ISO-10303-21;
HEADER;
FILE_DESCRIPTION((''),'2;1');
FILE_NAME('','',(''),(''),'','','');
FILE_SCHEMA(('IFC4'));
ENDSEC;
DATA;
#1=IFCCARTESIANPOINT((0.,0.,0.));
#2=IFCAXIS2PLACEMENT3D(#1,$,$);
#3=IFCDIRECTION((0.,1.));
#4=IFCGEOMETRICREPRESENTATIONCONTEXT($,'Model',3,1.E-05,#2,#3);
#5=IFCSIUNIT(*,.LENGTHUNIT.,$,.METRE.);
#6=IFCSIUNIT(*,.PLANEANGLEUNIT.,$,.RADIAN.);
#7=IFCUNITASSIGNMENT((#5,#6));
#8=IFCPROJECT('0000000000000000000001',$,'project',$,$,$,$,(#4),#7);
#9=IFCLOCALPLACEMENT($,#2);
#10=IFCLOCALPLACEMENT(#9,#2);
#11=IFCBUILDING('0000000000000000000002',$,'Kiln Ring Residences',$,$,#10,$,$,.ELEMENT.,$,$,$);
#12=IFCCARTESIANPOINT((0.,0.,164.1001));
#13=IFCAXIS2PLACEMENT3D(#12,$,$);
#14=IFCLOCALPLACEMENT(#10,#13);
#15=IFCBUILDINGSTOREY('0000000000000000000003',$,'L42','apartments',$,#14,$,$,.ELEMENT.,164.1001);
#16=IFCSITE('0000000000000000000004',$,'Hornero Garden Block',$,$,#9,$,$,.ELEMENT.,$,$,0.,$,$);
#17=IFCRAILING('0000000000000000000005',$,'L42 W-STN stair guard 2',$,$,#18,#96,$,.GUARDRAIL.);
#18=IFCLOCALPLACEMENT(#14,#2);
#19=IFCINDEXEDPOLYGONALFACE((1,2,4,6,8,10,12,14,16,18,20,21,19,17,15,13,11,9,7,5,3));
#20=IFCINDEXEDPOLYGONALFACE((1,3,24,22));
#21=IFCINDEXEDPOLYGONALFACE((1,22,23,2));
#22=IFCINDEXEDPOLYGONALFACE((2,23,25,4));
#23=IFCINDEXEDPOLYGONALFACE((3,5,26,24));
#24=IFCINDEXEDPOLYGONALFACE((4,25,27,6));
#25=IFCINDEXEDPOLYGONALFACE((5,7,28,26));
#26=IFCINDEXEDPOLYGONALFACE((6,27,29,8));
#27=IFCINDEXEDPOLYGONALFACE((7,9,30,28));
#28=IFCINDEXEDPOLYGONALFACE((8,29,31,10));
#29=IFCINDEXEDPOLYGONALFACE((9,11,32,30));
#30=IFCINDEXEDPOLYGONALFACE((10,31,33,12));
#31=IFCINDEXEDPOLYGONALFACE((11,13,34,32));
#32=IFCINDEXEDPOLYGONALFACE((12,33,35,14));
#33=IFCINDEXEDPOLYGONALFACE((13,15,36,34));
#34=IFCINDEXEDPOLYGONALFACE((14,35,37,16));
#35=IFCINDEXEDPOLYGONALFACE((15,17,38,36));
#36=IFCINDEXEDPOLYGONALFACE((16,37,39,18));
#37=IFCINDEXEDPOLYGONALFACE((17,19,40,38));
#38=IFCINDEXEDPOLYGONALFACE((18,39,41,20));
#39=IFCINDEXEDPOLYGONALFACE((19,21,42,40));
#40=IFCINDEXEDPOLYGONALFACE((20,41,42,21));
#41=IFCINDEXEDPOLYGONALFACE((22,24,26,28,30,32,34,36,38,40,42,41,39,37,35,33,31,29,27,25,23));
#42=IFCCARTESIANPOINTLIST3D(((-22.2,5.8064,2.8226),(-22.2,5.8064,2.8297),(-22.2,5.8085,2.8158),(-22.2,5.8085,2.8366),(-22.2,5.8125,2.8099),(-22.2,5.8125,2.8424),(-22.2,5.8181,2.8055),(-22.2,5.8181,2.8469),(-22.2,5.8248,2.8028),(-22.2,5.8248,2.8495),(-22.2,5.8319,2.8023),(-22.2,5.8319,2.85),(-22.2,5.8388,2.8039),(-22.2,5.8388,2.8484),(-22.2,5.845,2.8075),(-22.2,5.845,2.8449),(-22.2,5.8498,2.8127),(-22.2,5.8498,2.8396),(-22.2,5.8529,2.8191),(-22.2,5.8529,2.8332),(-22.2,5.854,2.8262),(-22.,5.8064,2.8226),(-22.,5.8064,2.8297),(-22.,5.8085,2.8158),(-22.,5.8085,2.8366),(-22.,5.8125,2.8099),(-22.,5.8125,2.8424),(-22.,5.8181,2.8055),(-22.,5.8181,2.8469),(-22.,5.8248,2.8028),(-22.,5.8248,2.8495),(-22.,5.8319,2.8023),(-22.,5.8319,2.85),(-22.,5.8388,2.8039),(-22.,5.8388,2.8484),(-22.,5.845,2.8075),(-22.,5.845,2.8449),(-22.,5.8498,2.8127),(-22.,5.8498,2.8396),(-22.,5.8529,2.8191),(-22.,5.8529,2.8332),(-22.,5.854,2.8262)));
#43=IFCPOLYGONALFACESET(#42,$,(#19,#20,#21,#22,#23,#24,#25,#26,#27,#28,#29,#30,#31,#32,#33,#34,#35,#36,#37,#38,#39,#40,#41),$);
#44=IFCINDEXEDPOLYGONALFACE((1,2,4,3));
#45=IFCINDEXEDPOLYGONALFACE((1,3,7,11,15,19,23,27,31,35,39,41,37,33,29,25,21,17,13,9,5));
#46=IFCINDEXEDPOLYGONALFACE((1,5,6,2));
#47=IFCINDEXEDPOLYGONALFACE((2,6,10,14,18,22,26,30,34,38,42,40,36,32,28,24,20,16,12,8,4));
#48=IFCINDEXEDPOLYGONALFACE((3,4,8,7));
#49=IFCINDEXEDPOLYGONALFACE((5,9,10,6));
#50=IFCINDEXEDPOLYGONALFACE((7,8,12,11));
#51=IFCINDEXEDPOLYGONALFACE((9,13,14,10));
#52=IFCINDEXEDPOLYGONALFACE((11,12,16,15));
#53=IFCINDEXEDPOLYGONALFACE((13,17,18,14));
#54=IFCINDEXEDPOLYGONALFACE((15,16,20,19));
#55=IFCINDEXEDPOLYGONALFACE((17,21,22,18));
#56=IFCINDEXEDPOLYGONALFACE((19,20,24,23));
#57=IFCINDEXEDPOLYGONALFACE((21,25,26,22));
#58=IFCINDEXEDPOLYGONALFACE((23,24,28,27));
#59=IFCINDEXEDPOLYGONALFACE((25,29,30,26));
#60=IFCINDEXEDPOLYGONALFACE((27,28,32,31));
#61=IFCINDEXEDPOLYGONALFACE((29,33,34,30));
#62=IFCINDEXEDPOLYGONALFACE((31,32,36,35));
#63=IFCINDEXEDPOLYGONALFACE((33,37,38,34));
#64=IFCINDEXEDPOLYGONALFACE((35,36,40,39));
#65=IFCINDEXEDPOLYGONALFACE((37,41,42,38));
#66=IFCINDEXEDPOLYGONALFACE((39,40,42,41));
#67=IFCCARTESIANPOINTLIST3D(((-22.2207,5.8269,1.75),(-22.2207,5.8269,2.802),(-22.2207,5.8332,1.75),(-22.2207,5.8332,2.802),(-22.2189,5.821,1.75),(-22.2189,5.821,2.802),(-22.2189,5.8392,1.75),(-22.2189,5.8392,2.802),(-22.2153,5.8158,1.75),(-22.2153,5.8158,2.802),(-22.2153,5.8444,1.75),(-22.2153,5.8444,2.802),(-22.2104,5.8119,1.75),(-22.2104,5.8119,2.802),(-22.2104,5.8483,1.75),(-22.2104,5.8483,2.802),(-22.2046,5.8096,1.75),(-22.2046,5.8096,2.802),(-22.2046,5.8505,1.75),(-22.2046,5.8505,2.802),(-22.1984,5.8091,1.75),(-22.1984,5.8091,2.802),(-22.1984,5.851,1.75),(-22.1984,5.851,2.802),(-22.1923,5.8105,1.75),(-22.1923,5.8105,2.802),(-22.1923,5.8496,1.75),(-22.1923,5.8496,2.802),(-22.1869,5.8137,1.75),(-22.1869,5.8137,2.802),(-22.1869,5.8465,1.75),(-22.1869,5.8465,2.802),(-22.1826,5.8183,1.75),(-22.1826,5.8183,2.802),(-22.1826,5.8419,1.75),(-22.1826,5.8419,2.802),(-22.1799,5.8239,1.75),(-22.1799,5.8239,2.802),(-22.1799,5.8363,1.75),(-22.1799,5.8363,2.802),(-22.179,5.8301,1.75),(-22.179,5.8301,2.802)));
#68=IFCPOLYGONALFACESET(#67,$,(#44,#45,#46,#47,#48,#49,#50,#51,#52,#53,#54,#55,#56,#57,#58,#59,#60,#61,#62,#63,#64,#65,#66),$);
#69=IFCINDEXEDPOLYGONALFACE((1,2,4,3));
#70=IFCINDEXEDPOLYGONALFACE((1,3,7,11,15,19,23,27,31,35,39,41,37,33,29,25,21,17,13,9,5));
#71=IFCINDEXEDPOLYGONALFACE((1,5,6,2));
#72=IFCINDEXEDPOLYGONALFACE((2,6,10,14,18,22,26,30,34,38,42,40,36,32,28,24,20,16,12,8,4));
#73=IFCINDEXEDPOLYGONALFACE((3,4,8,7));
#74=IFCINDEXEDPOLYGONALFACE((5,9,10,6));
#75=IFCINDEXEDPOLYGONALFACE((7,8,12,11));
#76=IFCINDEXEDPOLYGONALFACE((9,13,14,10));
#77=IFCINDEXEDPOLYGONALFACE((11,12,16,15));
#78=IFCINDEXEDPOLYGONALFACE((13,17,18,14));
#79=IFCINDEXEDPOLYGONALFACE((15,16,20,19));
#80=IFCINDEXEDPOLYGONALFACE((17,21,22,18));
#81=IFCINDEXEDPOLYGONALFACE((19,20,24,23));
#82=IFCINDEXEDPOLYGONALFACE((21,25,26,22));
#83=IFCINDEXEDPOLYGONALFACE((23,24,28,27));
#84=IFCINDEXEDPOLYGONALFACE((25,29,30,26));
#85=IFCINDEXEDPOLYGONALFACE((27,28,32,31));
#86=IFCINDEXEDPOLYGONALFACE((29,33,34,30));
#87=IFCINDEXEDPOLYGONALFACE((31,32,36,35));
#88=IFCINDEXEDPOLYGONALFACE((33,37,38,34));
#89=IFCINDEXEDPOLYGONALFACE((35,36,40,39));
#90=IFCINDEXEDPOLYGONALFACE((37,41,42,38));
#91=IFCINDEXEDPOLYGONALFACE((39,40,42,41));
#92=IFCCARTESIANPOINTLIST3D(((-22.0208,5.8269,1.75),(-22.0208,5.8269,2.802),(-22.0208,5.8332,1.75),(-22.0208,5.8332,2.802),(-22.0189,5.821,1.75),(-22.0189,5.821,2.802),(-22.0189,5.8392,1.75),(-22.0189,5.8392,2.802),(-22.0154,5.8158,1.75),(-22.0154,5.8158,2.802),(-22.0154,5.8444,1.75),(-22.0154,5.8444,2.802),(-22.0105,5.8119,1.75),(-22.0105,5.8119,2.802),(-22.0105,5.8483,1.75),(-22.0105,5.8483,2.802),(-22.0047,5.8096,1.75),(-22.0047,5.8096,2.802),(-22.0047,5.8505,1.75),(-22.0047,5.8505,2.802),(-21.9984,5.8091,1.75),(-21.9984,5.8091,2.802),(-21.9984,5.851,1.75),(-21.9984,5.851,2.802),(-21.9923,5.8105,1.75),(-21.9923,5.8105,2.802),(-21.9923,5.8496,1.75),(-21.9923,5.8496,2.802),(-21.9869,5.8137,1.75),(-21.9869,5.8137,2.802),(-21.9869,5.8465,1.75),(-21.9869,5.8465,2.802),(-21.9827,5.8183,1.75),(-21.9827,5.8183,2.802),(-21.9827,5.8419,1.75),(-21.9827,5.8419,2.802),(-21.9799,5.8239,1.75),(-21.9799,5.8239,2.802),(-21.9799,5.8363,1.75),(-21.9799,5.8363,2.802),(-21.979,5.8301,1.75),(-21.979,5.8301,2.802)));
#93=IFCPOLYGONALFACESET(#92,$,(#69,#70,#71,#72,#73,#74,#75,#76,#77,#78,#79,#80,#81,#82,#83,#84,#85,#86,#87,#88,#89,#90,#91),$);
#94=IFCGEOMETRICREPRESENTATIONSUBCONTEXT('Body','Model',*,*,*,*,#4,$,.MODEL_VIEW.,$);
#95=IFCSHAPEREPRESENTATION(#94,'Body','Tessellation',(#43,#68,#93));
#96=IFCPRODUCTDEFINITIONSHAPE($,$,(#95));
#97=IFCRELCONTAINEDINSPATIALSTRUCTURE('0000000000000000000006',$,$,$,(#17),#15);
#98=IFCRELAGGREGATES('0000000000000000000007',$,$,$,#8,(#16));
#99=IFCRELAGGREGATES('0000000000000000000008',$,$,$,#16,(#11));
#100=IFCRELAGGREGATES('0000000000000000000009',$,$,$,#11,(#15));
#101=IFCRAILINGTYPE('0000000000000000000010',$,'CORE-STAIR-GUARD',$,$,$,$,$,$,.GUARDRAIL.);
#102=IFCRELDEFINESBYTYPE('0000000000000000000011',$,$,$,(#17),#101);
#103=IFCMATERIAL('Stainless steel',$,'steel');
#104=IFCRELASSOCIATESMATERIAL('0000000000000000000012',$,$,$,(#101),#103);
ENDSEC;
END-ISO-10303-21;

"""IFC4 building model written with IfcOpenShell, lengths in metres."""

from ifc_helpers import new_model, si_unit, direction, frame, origin, origin_2d, place, context, subcontext, project, spatial, circle, extrude, material, type_object, element, save


model = new_model("IFC4")

# Units and contexts
model_context = context("Model", 3, precision=1e-05, world=origin(), true_north=direction((0.0, 1.0)))
body_context = subcontext(model_context, "Body", "Model", "MODEL_VIEW")
ifc_project = project(units=[si_unit("LENGTHUNIT", "METRE"), si_unit("PLANEANGLEUNIT", "RADIAN")], contexts=[model_context])

# Site, building, storey
site_placement = place(None, origin())
site = spatial("IfcSite", under=ifc_project, at=site_placement, Name="Hornero Garden Block", CompositionType="ELEMENT", RefElevation=0.0)
building_placement = place(site_placement, origin())
building = spatial("IfcBuilding", under=site, at=building_placement, Name="Kiln Ring Residences", CompositionType="ELEMENT")
storey_placement = place(building_placement, frame((0.0, 0.0, 164.1001)))
storey = spatial("IfcBuildingStorey", under=building, at=storey_placement, Name="L42", Description="apartments", CompositionType="ELEMENT", Elevation=164.1001)

# Railing
ifc_material_1 = material(Name="Stainless steel", Category="steel")
railing_type_1 = type_object("IfcRailingType", Name="CORE-STAIR-GUARD", PredefinedType="GUARDRAIL", material=ifc_material_1)
railing_1_placement = place(storey_placement, frame((-22.2, 5.8301, 1.75)))
element("IfcRailing", 1, at=railing_1_placement, inside=storey, type_object=railing_type_1, Name="L42 W-STN stair guard 2", PredefinedType="GUARDRAIL", context=body_context, shape_type="SweptSolid", body=[
    extrude(circle(Radius=0.0239, at=origin_2d()), frame((0.0, 0.0, 1.0762), z_axis=(1.0, 0.0, 0.0), x_axis=(0.0, 1.0, 0.0)), (0.0, 0.0, 1.0), 0.2),
    extrude(circle(Radius=0.021, at=origin_2d()), origin(), (0.0, 0.0, 1.0), 1.052),
    extrude(circle(Radius=0.021, at=origin_2d()), frame((0.2, 0.0, 0.0)), (0.0, 0.0, 1.0), 1.052),
])

save(model, "model.ifc")
